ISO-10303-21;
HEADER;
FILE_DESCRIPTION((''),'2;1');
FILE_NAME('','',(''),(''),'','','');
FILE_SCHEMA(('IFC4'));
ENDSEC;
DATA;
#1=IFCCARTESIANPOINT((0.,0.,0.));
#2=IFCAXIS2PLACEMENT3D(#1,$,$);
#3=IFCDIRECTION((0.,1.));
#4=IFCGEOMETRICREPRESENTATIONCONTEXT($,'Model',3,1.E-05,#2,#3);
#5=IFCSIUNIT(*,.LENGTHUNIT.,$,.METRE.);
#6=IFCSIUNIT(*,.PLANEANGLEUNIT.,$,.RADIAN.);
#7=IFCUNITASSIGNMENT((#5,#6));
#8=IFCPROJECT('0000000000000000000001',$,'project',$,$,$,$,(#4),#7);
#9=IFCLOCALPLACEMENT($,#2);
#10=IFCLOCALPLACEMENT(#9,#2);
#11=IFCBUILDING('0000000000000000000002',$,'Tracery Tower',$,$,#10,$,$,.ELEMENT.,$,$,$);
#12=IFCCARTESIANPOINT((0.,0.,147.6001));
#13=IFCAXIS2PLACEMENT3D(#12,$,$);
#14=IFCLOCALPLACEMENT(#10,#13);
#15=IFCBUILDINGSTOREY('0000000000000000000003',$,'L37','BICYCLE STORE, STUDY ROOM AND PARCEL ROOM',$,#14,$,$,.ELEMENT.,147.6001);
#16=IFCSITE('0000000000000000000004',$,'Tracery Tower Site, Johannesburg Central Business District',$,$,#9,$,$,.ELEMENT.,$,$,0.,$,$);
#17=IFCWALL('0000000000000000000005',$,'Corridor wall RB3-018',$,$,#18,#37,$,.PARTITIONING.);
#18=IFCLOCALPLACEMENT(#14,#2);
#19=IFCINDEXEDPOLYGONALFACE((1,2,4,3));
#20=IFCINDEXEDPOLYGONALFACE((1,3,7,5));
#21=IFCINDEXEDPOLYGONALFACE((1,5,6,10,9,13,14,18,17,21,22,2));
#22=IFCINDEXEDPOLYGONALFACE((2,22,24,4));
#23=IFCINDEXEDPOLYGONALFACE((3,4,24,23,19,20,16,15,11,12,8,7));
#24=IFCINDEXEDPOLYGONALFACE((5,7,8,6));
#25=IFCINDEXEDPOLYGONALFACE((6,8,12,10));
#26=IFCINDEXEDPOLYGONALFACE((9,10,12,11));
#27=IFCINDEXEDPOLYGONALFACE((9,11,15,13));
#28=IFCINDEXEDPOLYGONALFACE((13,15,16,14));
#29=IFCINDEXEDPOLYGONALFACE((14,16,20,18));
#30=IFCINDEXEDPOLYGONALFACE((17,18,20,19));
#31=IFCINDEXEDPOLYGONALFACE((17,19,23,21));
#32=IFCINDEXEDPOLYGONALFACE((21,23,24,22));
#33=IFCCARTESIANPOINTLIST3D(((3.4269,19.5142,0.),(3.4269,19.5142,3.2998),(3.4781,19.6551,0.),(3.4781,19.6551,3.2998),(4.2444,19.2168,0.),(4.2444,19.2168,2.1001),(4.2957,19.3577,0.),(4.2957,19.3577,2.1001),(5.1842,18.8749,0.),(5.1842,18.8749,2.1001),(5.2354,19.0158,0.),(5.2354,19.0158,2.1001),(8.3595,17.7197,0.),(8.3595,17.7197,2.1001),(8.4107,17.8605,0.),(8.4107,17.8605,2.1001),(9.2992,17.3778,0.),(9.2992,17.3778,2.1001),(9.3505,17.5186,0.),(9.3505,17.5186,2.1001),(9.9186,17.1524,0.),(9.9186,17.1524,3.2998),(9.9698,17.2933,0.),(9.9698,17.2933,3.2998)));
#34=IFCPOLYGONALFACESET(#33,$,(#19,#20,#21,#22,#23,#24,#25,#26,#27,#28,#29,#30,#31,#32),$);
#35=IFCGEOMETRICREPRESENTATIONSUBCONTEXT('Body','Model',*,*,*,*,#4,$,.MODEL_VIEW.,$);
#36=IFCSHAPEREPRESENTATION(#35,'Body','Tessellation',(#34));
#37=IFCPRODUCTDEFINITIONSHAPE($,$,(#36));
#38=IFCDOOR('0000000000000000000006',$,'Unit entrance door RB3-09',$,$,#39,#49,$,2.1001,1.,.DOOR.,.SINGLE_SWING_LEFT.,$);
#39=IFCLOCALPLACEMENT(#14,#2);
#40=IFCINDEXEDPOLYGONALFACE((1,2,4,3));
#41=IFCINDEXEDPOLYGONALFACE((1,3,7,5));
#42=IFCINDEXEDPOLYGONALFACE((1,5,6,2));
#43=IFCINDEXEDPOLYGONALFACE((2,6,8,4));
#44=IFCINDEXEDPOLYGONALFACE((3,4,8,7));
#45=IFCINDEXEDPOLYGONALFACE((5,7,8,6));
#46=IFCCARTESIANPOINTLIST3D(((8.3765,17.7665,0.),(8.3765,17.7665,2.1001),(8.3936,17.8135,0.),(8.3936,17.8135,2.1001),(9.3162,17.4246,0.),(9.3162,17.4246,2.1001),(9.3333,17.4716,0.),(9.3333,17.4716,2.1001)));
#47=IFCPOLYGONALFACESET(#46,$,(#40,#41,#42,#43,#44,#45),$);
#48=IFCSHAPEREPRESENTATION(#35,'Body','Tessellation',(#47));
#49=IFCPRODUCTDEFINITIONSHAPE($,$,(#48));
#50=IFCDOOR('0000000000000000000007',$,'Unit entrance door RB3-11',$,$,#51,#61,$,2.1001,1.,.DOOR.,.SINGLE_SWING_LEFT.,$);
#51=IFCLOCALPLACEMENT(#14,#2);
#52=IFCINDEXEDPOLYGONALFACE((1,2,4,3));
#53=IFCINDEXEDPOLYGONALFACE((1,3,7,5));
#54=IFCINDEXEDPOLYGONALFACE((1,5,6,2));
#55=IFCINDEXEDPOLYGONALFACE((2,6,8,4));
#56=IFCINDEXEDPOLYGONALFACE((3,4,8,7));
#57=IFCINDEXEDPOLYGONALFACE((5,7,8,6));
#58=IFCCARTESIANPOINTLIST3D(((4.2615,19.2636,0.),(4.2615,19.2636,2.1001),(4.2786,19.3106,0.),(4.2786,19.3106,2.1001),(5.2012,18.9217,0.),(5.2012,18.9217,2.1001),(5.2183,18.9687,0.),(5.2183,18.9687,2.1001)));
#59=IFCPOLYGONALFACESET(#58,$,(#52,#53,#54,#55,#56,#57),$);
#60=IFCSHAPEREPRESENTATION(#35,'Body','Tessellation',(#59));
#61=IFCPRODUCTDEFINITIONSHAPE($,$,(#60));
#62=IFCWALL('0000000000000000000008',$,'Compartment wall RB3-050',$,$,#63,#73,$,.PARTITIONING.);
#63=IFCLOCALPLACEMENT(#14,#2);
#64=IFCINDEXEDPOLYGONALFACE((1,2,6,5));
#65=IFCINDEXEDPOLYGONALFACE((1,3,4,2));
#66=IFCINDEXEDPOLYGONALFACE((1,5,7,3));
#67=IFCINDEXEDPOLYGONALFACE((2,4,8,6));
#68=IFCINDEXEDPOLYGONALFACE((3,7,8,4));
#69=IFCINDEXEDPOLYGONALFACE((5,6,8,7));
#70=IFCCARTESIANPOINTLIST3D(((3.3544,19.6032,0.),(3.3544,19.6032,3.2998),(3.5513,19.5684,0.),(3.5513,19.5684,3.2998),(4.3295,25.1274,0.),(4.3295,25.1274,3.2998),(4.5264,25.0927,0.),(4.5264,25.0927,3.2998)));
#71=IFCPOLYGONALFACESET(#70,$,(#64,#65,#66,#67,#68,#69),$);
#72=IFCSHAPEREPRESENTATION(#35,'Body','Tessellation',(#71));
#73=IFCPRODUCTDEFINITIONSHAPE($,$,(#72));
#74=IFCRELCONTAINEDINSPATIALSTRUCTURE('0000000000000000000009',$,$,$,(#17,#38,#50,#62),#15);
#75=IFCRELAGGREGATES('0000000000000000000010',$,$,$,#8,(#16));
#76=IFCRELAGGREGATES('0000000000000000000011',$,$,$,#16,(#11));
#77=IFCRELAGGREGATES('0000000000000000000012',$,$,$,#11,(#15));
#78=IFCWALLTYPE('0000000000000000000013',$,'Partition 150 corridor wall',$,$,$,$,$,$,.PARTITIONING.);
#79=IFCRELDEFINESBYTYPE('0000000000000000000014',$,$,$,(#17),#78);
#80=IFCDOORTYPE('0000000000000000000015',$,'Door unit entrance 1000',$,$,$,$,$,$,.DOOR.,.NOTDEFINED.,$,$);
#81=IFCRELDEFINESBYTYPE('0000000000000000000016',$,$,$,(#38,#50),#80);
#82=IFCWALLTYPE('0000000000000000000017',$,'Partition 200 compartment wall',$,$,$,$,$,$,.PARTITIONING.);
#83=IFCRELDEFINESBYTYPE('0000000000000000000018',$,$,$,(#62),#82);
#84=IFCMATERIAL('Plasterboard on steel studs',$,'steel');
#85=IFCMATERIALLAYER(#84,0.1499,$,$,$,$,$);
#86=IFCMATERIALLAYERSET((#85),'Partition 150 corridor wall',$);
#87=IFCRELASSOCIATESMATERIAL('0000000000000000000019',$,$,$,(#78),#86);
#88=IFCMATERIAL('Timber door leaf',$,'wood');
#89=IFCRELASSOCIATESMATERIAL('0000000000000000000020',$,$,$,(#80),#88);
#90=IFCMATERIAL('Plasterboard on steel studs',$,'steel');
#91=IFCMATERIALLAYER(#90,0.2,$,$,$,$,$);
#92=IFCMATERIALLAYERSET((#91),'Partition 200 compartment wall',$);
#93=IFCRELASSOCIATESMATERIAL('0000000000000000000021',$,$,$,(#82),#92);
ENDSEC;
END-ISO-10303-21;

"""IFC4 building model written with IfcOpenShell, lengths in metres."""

from ifc_helpers import new_model, si_unit, direction, frame, frame_2d, origin, place, context, subcontext, project, spatial, rectangle, extrude, material, layer, layer_set, type_object, element, fill, save


model = new_model("IFC4")

# Units and contexts
model_context = context("Model", 3, precision=1e-05, world=origin(), true_north=direction((0.0, 1.0)))
body_context = subcontext(model_context, "Body", "Model", "MODEL_VIEW")
ifc_project = project(units=[si_unit("LENGTHUNIT", "METRE"), si_unit("PLANEANGLEUNIT", "RADIAN")], contexts=[model_context])

# Site, building, storey
site_placement = place(None, origin())
site = spatial("IfcSite", under=ifc_project, at=site_placement, Name="Tracery Tower Site, Johannesburg Central Business District", CompositionType="ELEMENT", RefElevation=0.0)
building_placement = place(site_placement, origin())
building = spatial("IfcBuilding", under=site, at=building_placement, Name="Tracery Tower", CompositionType="ELEMENT")
storey_placement = place(building_placement, frame((0.0, 0.0, 147.6001)))
storey = spatial("IfcBuildingStorey", under=building, at=storey_placement, Name="L37", Description="BICYCLE STORE, STUDY ROOM AND PARCEL ROOM", CompositionType="ELEMENT", Elevation=147.6001)

# Wall, openings, doors
ifc_material_1 = material(Name="Plasterboard on steel studs", Category="steel")
ifc_layer_1 = layer(ifc_material_1, 0.1499)
ifc_layer_set_1 = layer_set([ifc_layer_1], Name="Partition 150 corridor wall")
wall_type_1 = type_object("IfcWallType", Name="Partition 150 corridor wall", PredefinedType="PARTITIONING", material=ifc_layer_set_1)
wall_1_placement = place(storey_placement, frame((3.4524, 19.5847, 0.0), z_axis=(0.0, 0.0, 1.0), x_axis=(0.939738, -0.341896, 0.0)))
wall_1 = element("IfcWall", 1, at=wall_1_placement, inside=storey, type_object=wall_type_1, Name="Corridor wall RB3-018", PredefinedType="PARTITIONING", context=body_context, shape_type="SweptSolid", body=[
    extrude(rectangle(XDim=6.908, YDim=0.1499, at=frame_2d((3.4541, 0.0))), origin(), (0.0, 0.0, 1.0), 3.2998),
])
opening_1_placement = place(wall_1_placement, frame((5.249, 0.0, 0.0)))
opening_1 = element("IfcOpeningElement", 2, at=opening_1_placement, cuts=wall_1, PredefinedType="OPENING", context=body_context, shape_type="SweptSolid", body=[
    extrude(rectangle(XDim=1.0, YDim=2.1001, at=frame_2d((0.5, 1.05))), frame((0.0, 0.075, 0.0), z_axis=(0.0, -1.0, 0.0), x_axis=(1.0, 0.0, 0.0)), (0.0, 0.0, 1.0), 0.1499),
])
opening_2_placement = place(wall_1_placement, frame((0.8701, 0.0, 0.0)))
opening_2 = element("IfcOpeningElement", 3, at=opening_2_placement, cuts=wall_1, PredefinedType="OPENING", context=body_context, shape_type="SweptSolid", body=[
    extrude(rectangle(XDim=1.0, YDim=2.1001, at=frame_2d((0.5, 1.05))), frame((0.0, 0.075, 0.0), z_axis=(0.0, -1.0, 0.0), x_axis=(1.0, 0.0, 0.0)), (0.0, 0.0, 1.0), 0.1499),
])
ifc_material_2 = material(Name="Timber door leaf", Category="wood")
door_type = type_object("IfcDoorType", Name="Door unit entrance 1000", OperationType="NOTDEFINED", PredefinedType="DOOR", material=ifc_material_2)
door_1_placement = place(opening_1_placement, origin())
door_1 = element("IfcDoor", 4, at=door_1_placement, inside=storey, type_object=door_type, Name="Unit entrance door RB3-09", OperationType="SINGLE_SWING_LEFT", OverallHeight=2.1001, OverallWidth=1.0, PredefinedType="DOOR", context=body_context, shape_type="SweptSolid", body=[
    extrude(rectangle(XDim=1.0, YDim=2.1001, at=frame_2d((0.5, 1.05))), frame((0.0, 0.0249, 0.0), z_axis=(0.0, -1.0, 0.0), x_axis=(1.0, 0.0, 0.0)), (0.0, 0.0, 1.0), 0.05),
])
fill(opening_1, door_1)
door_2_placement = place(opening_2_placement, origin())
door_2 = element("IfcDoor", 5, at=door_2_placement, inside=storey, type_object=door_type, Name="Unit entrance door RB3-11", OperationType="SINGLE_SWING_LEFT", OverallHeight=2.1001, OverallWidth=1.0, PredefinedType="DOOR", context=body_context, shape_type="SweptSolid", body=[
    extrude(rectangle(XDim=1.0, YDim=2.1001, at=frame_2d((0.5, 1.05))), frame((0.0, 0.0249, 0.0), z_axis=(0.0, -1.0, 0.0), x_axis=(1.0, 0.0, 0.0)), (0.0, 0.0, 1.0), 0.05),
])
fill(opening_2, door_2)

# Wall
ifc_material_3 = material(Name="Plasterboard on steel studs", Category="steel")
ifc_layer_2 = layer(ifc_material_3, 0.2)
ifc_layer_set_2 = layer_set([ifc_layer_2], Name="Partition 200 compartment wall")
wall_type_2 = type_object("IfcWallType", Name="Partition 200 compartment wall", PredefinedType="PARTITIONING", material=ifc_layer_set_2)
wall_2_placement = place(storey_placement, frame((3.4529, 19.5859, 0.0), z_axis=(0.0, 0.0, 1.0), x_axis=(0.173828, 0.984776, 0.0)))
element("IfcWall", 6, at=wall_2_placement, inside=storey, type_object=wall_type_2, Name="Compartment wall RB3-050", PredefinedType="PARTITIONING", context=body_context, shape_type="SweptSolid", body=[
    extrude(rectangle(XDim=5.6096, YDim=0.2, at=frame_2d((2.8047, 0.0))), origin(), (0.0, 0.0, 1.0), 3.2998),
])

save(model, "model.ifc")
